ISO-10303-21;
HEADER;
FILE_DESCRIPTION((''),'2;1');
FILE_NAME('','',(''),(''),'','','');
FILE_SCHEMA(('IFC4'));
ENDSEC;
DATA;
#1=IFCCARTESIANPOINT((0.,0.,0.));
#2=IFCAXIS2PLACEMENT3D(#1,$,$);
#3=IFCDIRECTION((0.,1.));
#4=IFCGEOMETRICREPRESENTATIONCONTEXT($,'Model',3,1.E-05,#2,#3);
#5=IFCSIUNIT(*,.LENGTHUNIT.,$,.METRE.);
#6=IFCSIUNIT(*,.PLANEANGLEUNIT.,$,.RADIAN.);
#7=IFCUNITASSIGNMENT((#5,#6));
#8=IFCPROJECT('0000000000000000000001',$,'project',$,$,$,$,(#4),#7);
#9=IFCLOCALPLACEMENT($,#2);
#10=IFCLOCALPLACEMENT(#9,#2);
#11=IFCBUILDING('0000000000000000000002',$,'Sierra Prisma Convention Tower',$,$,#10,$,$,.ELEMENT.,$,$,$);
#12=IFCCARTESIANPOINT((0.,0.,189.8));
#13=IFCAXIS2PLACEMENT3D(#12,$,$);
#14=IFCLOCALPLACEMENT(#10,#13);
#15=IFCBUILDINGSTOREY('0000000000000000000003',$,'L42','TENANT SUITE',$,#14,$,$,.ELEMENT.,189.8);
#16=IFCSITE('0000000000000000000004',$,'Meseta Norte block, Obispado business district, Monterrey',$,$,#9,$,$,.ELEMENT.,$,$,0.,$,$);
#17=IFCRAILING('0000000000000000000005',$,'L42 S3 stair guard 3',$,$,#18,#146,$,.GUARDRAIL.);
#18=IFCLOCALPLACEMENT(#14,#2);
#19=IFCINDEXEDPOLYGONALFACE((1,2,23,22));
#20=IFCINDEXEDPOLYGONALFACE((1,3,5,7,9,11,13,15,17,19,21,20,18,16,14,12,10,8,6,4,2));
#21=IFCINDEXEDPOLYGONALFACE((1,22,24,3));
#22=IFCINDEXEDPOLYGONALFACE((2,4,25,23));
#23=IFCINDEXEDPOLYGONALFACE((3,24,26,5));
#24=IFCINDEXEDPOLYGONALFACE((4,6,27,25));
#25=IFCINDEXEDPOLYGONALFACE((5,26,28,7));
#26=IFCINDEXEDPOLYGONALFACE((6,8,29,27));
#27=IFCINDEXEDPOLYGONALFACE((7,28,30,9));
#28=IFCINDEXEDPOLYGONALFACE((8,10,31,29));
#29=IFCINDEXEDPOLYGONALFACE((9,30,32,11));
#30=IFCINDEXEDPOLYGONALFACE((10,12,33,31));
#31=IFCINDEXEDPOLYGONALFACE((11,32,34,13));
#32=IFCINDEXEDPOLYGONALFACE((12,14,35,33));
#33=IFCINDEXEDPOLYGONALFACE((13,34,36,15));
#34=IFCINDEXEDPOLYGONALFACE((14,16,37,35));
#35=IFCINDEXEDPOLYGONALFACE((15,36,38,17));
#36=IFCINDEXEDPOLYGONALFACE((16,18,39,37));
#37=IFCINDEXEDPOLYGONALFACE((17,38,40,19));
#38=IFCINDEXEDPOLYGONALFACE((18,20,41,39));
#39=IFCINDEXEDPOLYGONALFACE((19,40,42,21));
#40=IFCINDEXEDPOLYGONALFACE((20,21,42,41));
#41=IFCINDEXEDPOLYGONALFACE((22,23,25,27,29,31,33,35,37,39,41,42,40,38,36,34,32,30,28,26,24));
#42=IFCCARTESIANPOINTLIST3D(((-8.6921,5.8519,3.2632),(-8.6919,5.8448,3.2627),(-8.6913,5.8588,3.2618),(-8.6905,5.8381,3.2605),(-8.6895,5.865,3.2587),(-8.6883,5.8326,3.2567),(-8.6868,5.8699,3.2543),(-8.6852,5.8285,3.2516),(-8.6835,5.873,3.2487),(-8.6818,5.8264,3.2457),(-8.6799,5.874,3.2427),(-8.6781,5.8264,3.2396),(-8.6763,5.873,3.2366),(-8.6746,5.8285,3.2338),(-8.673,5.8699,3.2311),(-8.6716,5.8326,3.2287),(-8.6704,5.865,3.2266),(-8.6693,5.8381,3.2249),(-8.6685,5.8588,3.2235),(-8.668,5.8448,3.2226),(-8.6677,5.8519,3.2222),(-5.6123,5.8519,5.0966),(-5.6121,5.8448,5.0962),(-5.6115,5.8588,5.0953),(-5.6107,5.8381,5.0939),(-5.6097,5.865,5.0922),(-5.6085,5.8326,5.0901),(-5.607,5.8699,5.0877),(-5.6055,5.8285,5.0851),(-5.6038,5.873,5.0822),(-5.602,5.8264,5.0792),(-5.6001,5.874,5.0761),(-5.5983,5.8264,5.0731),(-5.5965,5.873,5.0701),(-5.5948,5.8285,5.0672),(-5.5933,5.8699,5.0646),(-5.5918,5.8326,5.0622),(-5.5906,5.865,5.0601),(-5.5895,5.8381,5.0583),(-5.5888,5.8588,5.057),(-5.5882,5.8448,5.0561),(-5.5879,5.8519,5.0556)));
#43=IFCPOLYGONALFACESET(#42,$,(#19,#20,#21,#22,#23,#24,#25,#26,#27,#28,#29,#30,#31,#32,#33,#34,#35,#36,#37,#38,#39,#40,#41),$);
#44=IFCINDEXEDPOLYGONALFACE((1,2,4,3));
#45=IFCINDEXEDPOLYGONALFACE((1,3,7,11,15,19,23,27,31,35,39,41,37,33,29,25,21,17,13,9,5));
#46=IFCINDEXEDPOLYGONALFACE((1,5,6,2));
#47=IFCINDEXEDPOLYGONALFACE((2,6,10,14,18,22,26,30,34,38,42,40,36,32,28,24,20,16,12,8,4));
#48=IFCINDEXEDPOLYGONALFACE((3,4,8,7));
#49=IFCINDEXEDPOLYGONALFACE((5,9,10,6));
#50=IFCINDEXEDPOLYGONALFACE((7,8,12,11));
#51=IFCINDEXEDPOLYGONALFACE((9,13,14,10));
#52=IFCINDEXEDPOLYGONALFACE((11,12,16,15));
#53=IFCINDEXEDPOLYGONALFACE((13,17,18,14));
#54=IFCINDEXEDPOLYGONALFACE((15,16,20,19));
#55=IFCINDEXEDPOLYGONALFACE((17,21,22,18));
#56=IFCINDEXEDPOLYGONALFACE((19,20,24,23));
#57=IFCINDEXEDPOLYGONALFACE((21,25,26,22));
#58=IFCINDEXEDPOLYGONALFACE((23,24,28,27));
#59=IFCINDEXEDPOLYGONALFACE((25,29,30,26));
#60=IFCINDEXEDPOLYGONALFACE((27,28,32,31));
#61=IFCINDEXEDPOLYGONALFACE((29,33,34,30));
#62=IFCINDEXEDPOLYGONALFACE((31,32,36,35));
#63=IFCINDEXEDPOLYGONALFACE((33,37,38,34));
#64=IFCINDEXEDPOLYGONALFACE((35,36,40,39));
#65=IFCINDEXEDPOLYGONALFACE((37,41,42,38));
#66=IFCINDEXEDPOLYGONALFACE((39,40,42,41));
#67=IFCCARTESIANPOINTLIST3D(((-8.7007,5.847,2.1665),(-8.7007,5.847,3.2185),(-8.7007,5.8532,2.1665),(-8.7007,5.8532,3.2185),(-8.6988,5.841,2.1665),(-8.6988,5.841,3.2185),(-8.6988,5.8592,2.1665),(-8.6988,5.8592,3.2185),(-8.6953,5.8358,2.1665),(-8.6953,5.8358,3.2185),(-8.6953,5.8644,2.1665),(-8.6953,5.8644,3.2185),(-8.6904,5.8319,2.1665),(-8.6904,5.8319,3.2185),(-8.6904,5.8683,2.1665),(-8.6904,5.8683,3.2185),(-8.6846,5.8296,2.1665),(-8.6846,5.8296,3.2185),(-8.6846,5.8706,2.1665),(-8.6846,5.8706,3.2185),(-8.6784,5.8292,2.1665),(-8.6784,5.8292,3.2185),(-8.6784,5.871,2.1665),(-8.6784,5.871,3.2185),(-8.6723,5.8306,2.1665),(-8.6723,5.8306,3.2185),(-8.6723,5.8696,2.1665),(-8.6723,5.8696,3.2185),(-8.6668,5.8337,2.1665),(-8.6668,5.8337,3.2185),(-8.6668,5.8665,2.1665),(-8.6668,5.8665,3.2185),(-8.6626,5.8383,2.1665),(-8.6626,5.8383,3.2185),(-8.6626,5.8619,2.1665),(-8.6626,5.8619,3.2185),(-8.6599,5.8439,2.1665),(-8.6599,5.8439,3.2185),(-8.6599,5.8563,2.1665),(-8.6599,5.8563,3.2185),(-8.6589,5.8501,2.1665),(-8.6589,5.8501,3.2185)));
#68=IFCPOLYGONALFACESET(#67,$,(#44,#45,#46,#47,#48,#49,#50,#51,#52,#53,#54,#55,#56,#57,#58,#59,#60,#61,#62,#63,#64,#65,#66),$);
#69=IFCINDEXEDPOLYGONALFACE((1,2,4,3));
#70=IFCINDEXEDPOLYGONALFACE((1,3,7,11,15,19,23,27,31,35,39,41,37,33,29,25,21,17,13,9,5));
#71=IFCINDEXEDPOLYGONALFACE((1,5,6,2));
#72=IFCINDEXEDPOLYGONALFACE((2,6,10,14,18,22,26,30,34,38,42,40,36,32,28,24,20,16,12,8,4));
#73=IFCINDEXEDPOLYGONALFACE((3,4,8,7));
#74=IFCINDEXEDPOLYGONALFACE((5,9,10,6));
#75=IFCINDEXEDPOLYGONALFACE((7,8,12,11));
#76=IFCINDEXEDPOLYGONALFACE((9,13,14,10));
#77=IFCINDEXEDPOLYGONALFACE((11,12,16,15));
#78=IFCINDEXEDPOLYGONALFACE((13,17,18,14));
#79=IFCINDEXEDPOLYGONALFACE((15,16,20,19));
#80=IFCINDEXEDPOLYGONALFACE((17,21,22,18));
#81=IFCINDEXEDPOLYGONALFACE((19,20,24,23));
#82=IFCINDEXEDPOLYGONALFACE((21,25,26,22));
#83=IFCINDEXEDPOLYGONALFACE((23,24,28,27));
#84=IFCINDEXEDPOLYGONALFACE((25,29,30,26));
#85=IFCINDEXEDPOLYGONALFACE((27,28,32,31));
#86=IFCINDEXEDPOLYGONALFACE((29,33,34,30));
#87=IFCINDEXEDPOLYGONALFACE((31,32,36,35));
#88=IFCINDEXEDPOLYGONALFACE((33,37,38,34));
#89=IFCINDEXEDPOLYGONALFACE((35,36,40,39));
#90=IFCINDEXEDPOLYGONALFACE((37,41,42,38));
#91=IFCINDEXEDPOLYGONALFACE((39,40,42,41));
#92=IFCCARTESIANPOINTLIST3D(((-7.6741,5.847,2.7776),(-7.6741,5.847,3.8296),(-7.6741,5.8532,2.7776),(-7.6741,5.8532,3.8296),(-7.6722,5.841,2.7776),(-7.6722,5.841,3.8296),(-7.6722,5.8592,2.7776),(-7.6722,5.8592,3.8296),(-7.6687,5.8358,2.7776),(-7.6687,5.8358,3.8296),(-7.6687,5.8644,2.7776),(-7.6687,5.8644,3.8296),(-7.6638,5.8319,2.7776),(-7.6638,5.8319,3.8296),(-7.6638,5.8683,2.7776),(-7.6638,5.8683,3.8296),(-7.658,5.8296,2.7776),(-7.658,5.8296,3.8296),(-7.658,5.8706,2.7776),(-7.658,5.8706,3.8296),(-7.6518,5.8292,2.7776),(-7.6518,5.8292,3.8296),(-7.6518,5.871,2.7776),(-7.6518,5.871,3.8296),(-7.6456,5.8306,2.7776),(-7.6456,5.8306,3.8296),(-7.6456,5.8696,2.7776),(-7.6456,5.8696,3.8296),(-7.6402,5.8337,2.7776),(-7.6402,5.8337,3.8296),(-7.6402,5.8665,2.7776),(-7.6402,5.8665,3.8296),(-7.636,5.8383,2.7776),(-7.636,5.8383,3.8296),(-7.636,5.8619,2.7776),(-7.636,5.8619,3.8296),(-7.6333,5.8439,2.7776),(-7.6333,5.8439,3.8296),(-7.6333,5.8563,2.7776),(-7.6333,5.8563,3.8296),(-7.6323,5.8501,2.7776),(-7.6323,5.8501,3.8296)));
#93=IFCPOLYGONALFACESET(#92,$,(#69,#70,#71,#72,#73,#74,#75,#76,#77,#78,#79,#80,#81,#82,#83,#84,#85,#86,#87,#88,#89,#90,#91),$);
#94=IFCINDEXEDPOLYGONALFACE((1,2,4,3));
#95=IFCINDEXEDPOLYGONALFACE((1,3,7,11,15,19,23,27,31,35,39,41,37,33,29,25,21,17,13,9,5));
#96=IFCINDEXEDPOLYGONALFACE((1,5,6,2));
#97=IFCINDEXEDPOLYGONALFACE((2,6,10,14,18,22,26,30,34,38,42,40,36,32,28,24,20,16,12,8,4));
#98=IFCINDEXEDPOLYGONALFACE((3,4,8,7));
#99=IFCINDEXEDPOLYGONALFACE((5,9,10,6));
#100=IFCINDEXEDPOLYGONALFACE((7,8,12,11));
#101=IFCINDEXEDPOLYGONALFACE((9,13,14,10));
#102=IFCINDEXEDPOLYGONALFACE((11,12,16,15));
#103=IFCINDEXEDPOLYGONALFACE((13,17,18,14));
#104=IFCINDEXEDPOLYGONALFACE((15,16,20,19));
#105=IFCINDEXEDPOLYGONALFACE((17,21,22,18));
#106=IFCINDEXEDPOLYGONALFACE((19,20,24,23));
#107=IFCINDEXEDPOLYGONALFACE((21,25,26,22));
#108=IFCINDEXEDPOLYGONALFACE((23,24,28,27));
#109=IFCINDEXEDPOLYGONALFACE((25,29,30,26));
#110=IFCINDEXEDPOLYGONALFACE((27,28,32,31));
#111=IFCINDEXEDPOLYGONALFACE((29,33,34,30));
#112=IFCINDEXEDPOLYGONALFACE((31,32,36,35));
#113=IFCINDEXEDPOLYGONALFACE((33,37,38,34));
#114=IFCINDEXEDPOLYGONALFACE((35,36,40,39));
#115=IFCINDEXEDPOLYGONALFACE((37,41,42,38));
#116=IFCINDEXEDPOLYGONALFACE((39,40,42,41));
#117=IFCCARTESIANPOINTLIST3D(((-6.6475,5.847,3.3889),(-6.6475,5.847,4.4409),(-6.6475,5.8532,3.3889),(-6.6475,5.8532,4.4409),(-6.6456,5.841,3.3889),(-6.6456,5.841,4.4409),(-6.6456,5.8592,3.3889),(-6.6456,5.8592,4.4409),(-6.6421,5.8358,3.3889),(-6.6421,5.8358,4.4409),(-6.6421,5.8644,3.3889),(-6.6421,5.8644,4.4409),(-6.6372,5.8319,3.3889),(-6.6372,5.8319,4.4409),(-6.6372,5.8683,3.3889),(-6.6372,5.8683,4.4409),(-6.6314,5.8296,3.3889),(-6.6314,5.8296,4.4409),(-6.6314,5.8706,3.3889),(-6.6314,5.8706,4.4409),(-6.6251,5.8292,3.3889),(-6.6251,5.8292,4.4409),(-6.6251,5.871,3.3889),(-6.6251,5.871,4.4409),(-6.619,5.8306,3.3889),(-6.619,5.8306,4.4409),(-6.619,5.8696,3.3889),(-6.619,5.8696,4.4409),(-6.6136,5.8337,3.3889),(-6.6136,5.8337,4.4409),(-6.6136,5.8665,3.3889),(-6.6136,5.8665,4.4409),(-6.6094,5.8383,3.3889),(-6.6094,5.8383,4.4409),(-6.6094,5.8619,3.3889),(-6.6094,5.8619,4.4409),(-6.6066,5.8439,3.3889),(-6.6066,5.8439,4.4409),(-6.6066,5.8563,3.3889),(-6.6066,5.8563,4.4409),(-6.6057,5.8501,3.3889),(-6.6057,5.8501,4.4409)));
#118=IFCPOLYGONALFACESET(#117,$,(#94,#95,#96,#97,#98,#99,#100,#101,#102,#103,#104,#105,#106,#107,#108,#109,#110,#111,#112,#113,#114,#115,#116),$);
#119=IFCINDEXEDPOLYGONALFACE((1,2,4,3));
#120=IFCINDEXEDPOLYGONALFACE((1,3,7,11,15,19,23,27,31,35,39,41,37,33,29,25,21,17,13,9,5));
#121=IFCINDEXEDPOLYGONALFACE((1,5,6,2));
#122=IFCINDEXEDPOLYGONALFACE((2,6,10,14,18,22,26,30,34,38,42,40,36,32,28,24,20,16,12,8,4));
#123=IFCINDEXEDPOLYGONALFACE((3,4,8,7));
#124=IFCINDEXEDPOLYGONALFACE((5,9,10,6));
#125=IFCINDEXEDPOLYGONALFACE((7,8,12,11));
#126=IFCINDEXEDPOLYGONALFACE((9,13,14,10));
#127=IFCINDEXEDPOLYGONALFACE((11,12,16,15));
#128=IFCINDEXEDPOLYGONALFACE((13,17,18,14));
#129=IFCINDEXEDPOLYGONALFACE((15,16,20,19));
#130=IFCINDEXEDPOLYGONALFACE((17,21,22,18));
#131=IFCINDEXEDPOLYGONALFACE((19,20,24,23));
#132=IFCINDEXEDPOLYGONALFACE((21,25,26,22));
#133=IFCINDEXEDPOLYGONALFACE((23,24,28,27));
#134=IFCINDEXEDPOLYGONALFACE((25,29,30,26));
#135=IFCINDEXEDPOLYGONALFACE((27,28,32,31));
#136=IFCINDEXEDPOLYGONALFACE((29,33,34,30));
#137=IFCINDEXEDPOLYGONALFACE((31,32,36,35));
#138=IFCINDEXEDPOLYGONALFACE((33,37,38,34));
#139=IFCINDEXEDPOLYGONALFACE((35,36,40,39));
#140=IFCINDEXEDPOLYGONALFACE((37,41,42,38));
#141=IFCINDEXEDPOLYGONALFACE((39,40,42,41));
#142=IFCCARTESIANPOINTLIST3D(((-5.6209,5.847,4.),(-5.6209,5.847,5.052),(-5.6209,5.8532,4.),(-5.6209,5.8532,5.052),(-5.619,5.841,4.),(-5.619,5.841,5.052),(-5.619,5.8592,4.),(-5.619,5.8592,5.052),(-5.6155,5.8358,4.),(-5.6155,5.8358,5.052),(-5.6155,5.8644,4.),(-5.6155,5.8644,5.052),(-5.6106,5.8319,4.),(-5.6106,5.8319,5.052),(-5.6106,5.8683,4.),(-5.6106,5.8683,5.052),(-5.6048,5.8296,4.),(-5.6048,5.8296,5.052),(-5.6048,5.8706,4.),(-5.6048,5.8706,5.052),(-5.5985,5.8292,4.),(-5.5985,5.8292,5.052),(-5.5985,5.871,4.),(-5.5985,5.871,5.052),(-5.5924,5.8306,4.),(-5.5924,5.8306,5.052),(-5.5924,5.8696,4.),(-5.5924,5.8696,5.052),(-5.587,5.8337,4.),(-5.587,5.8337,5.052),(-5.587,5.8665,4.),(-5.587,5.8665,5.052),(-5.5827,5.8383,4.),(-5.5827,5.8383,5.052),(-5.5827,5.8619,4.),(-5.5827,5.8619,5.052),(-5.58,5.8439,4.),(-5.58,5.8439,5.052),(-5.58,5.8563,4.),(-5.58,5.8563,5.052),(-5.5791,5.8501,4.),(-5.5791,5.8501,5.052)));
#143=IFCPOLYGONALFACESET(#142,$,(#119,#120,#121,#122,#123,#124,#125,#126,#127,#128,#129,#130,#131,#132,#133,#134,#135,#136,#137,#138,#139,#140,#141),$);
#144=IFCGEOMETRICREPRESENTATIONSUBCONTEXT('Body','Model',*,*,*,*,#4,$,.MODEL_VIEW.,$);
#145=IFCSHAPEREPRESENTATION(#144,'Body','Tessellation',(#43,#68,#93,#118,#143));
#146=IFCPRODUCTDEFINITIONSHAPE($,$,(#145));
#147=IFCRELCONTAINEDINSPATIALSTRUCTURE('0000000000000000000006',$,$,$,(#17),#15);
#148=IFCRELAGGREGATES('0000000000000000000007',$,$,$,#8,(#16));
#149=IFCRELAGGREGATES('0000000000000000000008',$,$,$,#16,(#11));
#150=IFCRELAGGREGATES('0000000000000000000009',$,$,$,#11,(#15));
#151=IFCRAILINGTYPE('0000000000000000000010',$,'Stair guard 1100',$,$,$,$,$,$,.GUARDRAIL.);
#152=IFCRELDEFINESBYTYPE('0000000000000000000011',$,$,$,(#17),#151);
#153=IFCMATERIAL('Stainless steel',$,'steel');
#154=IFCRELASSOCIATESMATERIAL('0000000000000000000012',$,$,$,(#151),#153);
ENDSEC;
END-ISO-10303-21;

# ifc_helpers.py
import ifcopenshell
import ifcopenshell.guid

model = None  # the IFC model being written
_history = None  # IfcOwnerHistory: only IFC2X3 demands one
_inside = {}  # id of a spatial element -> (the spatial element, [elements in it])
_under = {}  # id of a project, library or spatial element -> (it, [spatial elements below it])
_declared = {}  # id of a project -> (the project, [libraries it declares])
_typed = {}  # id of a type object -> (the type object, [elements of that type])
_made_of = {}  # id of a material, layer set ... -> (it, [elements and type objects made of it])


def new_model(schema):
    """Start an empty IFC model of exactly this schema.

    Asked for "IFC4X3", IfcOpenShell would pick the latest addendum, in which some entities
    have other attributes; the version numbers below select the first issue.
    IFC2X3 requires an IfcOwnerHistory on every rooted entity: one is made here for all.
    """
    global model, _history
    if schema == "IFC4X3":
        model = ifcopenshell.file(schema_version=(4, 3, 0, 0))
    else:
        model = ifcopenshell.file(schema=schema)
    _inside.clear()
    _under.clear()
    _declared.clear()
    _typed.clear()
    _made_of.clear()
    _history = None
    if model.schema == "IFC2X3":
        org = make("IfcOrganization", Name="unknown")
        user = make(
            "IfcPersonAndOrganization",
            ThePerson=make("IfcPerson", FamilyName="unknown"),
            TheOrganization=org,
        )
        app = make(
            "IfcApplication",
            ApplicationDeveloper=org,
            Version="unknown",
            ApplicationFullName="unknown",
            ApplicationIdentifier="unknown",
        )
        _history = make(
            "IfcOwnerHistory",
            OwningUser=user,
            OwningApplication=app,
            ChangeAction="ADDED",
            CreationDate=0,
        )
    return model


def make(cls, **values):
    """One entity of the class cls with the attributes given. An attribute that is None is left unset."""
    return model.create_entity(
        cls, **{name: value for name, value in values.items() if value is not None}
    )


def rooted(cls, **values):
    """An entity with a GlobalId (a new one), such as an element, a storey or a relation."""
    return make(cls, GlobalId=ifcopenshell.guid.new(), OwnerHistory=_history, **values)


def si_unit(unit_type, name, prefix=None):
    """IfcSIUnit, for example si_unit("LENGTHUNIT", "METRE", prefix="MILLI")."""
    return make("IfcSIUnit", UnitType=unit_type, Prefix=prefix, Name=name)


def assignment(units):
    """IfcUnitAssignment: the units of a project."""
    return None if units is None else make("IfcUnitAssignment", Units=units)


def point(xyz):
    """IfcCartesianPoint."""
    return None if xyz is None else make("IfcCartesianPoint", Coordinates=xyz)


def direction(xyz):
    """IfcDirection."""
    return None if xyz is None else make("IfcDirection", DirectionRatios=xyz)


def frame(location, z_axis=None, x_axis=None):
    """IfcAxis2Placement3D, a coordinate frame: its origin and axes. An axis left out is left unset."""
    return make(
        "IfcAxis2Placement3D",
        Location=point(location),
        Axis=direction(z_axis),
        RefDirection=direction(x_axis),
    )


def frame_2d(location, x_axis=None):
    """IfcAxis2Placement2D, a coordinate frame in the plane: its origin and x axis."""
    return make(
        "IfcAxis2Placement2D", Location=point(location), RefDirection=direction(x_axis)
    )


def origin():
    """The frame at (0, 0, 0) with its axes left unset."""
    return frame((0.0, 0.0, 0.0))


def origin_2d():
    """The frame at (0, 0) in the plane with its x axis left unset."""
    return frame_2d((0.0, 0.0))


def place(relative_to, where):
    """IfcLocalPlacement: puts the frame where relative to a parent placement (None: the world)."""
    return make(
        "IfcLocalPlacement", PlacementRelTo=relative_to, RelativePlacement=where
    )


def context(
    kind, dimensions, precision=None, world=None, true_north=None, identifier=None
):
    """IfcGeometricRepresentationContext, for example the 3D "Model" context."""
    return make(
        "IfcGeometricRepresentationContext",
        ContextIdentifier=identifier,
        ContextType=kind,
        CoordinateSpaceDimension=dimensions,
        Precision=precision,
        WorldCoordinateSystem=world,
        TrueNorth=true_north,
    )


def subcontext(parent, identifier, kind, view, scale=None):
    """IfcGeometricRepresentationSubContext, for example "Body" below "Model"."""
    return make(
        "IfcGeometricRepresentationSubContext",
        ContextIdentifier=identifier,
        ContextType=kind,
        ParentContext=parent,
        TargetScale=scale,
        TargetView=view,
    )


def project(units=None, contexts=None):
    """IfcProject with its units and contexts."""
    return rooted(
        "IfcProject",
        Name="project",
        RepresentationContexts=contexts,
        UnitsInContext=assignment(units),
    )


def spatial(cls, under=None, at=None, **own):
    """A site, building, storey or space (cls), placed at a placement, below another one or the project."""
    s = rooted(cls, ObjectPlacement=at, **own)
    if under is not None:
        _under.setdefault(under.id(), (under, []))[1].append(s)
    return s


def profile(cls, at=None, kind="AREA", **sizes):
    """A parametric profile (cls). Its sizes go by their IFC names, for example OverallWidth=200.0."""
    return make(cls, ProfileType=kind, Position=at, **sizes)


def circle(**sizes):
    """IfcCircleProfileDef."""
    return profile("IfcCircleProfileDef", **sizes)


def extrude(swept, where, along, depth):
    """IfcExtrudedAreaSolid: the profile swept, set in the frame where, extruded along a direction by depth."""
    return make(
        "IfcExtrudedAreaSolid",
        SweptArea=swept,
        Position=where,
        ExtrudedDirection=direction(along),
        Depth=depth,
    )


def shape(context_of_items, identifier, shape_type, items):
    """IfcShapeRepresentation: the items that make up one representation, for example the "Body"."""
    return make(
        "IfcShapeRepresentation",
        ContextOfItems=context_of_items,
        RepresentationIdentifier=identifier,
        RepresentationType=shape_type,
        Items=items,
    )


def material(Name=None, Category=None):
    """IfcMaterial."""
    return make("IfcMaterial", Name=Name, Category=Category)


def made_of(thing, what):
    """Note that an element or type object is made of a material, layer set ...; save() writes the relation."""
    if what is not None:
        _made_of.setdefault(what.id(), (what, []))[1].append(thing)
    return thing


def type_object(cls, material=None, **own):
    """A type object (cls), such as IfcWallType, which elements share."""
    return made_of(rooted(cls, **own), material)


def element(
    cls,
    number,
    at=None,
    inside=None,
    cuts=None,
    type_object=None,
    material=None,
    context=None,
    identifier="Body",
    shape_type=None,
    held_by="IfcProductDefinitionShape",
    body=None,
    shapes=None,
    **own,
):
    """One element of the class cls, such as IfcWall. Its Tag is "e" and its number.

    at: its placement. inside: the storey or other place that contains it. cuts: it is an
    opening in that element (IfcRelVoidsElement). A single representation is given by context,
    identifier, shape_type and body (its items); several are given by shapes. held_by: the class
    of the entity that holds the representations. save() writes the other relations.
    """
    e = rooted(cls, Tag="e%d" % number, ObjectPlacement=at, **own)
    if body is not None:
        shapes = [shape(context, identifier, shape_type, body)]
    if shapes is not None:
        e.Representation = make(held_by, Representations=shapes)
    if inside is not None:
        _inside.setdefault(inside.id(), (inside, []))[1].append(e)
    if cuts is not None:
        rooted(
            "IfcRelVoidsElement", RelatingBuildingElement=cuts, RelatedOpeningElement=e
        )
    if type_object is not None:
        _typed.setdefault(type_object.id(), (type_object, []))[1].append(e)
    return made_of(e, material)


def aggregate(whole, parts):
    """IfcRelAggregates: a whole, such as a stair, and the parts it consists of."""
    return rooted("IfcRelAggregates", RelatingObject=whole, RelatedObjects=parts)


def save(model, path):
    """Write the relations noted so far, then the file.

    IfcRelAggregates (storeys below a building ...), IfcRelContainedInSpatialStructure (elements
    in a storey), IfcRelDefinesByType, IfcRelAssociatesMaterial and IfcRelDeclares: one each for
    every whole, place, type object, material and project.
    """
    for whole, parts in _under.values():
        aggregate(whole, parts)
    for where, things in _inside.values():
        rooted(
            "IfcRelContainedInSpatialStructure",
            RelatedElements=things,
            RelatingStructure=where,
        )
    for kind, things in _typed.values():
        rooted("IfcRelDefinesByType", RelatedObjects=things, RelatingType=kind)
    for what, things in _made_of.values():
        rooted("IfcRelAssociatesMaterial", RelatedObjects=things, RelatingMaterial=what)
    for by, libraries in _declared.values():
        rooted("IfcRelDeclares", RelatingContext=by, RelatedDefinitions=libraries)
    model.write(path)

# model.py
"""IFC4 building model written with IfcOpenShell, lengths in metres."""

from ifc_helpers import new_model, si_unit, direction, frame, origin, origin_2d, place, context, subcontext, project, spatial, circle, extrude, material, type_object, element, save


model = new_model("IFC4")

# Units and contexts
model_context = context("Model", 3, precision=1e-05, world=origin(), true_north=direction((0.0, 1.0)))
body_context = subcontext(model_context, "Body", "Model", "MODEL_VIEW")
ifc_project = project(units=[si_unit("LENGTHUNIT", "METRE"), si_unit("PLANEANGLEUNIT", "RADIAN")], contexts=[model_context])

# Site, building, storey
site_placement = place(None, origin())
site = spatial("IfcSite", under=ifc_project, at=site_placement, Name="Meseta Norte block, Obispado business district, Monterrey", CompositionType="ELEMENT", RefElevation=0.0)
building_placement = place(site_placement, origin())
building = spatial("IfcBuilding", under=site, at=building_placement, Name="Sierra Prisma Convention Tower", CompositionType="ELEMENT")
storey_placement = place(building_placement, frame((0.0, 0.0, 189.8)))
storey = spatial("IfcBuildingStorey", under=building, at=storey_placement, Name="L42", Description="TENANT SUITE", CompositionType="ELEMENT", Elevation=189.8)

# Railing
ifc_material_1 = material(Name="Stainless steel", Category="steel")
railing_type_1 = type_object("IfcRailingType", Name="Stair guard 1100", PredefinedType="GUARDRAIL", material=ifc_material_1)
railing_1_placement = place(storey_placement, frame((-8.6799, 5.8501, 2.1665)))
element("IfcRailing", 1, at=railing_1_placement, inside=storey, type_object=railing_type_1, Name="L42 S3 stair guard 3", PredefinedType="GUARDRAIL", context=body_context, shape_type="SweptSolid", body=[
    extrude(circle(Radius=0.0239, at=origin_2d()), frame((0.0, 0.0, 1.0762), z_axis=(0.859261, 0.0, 0.511538), x_axis=(0.0, 1.0, 0.0)), (0.0, 0.0, 1.0), 3.5842),
    extrude(circle(Radius=0.021, at=origin_2d()), origin(), (0.0, 0.0, 1.0), 1.052),
    extrude(circle(Radius=0.021, at=origin_2d()), frame((1.0266, 0.0, 0.6111)), (0.0, 0.0, 1.0), 1.052),
    extrude(circle(Radius=0.021, at=origin_2d()), frame((2.0532, 0.0, 1.2224)), (0.0, 0.0, 1.0), 1.052),
    extrude(circle(Radius=0.021, at=origin_2d()), frame((3.0798, 0.0, 1.8335)), (0.0, 0.0, 1.0), 1.052),
])

save(model, "model.ifc")
